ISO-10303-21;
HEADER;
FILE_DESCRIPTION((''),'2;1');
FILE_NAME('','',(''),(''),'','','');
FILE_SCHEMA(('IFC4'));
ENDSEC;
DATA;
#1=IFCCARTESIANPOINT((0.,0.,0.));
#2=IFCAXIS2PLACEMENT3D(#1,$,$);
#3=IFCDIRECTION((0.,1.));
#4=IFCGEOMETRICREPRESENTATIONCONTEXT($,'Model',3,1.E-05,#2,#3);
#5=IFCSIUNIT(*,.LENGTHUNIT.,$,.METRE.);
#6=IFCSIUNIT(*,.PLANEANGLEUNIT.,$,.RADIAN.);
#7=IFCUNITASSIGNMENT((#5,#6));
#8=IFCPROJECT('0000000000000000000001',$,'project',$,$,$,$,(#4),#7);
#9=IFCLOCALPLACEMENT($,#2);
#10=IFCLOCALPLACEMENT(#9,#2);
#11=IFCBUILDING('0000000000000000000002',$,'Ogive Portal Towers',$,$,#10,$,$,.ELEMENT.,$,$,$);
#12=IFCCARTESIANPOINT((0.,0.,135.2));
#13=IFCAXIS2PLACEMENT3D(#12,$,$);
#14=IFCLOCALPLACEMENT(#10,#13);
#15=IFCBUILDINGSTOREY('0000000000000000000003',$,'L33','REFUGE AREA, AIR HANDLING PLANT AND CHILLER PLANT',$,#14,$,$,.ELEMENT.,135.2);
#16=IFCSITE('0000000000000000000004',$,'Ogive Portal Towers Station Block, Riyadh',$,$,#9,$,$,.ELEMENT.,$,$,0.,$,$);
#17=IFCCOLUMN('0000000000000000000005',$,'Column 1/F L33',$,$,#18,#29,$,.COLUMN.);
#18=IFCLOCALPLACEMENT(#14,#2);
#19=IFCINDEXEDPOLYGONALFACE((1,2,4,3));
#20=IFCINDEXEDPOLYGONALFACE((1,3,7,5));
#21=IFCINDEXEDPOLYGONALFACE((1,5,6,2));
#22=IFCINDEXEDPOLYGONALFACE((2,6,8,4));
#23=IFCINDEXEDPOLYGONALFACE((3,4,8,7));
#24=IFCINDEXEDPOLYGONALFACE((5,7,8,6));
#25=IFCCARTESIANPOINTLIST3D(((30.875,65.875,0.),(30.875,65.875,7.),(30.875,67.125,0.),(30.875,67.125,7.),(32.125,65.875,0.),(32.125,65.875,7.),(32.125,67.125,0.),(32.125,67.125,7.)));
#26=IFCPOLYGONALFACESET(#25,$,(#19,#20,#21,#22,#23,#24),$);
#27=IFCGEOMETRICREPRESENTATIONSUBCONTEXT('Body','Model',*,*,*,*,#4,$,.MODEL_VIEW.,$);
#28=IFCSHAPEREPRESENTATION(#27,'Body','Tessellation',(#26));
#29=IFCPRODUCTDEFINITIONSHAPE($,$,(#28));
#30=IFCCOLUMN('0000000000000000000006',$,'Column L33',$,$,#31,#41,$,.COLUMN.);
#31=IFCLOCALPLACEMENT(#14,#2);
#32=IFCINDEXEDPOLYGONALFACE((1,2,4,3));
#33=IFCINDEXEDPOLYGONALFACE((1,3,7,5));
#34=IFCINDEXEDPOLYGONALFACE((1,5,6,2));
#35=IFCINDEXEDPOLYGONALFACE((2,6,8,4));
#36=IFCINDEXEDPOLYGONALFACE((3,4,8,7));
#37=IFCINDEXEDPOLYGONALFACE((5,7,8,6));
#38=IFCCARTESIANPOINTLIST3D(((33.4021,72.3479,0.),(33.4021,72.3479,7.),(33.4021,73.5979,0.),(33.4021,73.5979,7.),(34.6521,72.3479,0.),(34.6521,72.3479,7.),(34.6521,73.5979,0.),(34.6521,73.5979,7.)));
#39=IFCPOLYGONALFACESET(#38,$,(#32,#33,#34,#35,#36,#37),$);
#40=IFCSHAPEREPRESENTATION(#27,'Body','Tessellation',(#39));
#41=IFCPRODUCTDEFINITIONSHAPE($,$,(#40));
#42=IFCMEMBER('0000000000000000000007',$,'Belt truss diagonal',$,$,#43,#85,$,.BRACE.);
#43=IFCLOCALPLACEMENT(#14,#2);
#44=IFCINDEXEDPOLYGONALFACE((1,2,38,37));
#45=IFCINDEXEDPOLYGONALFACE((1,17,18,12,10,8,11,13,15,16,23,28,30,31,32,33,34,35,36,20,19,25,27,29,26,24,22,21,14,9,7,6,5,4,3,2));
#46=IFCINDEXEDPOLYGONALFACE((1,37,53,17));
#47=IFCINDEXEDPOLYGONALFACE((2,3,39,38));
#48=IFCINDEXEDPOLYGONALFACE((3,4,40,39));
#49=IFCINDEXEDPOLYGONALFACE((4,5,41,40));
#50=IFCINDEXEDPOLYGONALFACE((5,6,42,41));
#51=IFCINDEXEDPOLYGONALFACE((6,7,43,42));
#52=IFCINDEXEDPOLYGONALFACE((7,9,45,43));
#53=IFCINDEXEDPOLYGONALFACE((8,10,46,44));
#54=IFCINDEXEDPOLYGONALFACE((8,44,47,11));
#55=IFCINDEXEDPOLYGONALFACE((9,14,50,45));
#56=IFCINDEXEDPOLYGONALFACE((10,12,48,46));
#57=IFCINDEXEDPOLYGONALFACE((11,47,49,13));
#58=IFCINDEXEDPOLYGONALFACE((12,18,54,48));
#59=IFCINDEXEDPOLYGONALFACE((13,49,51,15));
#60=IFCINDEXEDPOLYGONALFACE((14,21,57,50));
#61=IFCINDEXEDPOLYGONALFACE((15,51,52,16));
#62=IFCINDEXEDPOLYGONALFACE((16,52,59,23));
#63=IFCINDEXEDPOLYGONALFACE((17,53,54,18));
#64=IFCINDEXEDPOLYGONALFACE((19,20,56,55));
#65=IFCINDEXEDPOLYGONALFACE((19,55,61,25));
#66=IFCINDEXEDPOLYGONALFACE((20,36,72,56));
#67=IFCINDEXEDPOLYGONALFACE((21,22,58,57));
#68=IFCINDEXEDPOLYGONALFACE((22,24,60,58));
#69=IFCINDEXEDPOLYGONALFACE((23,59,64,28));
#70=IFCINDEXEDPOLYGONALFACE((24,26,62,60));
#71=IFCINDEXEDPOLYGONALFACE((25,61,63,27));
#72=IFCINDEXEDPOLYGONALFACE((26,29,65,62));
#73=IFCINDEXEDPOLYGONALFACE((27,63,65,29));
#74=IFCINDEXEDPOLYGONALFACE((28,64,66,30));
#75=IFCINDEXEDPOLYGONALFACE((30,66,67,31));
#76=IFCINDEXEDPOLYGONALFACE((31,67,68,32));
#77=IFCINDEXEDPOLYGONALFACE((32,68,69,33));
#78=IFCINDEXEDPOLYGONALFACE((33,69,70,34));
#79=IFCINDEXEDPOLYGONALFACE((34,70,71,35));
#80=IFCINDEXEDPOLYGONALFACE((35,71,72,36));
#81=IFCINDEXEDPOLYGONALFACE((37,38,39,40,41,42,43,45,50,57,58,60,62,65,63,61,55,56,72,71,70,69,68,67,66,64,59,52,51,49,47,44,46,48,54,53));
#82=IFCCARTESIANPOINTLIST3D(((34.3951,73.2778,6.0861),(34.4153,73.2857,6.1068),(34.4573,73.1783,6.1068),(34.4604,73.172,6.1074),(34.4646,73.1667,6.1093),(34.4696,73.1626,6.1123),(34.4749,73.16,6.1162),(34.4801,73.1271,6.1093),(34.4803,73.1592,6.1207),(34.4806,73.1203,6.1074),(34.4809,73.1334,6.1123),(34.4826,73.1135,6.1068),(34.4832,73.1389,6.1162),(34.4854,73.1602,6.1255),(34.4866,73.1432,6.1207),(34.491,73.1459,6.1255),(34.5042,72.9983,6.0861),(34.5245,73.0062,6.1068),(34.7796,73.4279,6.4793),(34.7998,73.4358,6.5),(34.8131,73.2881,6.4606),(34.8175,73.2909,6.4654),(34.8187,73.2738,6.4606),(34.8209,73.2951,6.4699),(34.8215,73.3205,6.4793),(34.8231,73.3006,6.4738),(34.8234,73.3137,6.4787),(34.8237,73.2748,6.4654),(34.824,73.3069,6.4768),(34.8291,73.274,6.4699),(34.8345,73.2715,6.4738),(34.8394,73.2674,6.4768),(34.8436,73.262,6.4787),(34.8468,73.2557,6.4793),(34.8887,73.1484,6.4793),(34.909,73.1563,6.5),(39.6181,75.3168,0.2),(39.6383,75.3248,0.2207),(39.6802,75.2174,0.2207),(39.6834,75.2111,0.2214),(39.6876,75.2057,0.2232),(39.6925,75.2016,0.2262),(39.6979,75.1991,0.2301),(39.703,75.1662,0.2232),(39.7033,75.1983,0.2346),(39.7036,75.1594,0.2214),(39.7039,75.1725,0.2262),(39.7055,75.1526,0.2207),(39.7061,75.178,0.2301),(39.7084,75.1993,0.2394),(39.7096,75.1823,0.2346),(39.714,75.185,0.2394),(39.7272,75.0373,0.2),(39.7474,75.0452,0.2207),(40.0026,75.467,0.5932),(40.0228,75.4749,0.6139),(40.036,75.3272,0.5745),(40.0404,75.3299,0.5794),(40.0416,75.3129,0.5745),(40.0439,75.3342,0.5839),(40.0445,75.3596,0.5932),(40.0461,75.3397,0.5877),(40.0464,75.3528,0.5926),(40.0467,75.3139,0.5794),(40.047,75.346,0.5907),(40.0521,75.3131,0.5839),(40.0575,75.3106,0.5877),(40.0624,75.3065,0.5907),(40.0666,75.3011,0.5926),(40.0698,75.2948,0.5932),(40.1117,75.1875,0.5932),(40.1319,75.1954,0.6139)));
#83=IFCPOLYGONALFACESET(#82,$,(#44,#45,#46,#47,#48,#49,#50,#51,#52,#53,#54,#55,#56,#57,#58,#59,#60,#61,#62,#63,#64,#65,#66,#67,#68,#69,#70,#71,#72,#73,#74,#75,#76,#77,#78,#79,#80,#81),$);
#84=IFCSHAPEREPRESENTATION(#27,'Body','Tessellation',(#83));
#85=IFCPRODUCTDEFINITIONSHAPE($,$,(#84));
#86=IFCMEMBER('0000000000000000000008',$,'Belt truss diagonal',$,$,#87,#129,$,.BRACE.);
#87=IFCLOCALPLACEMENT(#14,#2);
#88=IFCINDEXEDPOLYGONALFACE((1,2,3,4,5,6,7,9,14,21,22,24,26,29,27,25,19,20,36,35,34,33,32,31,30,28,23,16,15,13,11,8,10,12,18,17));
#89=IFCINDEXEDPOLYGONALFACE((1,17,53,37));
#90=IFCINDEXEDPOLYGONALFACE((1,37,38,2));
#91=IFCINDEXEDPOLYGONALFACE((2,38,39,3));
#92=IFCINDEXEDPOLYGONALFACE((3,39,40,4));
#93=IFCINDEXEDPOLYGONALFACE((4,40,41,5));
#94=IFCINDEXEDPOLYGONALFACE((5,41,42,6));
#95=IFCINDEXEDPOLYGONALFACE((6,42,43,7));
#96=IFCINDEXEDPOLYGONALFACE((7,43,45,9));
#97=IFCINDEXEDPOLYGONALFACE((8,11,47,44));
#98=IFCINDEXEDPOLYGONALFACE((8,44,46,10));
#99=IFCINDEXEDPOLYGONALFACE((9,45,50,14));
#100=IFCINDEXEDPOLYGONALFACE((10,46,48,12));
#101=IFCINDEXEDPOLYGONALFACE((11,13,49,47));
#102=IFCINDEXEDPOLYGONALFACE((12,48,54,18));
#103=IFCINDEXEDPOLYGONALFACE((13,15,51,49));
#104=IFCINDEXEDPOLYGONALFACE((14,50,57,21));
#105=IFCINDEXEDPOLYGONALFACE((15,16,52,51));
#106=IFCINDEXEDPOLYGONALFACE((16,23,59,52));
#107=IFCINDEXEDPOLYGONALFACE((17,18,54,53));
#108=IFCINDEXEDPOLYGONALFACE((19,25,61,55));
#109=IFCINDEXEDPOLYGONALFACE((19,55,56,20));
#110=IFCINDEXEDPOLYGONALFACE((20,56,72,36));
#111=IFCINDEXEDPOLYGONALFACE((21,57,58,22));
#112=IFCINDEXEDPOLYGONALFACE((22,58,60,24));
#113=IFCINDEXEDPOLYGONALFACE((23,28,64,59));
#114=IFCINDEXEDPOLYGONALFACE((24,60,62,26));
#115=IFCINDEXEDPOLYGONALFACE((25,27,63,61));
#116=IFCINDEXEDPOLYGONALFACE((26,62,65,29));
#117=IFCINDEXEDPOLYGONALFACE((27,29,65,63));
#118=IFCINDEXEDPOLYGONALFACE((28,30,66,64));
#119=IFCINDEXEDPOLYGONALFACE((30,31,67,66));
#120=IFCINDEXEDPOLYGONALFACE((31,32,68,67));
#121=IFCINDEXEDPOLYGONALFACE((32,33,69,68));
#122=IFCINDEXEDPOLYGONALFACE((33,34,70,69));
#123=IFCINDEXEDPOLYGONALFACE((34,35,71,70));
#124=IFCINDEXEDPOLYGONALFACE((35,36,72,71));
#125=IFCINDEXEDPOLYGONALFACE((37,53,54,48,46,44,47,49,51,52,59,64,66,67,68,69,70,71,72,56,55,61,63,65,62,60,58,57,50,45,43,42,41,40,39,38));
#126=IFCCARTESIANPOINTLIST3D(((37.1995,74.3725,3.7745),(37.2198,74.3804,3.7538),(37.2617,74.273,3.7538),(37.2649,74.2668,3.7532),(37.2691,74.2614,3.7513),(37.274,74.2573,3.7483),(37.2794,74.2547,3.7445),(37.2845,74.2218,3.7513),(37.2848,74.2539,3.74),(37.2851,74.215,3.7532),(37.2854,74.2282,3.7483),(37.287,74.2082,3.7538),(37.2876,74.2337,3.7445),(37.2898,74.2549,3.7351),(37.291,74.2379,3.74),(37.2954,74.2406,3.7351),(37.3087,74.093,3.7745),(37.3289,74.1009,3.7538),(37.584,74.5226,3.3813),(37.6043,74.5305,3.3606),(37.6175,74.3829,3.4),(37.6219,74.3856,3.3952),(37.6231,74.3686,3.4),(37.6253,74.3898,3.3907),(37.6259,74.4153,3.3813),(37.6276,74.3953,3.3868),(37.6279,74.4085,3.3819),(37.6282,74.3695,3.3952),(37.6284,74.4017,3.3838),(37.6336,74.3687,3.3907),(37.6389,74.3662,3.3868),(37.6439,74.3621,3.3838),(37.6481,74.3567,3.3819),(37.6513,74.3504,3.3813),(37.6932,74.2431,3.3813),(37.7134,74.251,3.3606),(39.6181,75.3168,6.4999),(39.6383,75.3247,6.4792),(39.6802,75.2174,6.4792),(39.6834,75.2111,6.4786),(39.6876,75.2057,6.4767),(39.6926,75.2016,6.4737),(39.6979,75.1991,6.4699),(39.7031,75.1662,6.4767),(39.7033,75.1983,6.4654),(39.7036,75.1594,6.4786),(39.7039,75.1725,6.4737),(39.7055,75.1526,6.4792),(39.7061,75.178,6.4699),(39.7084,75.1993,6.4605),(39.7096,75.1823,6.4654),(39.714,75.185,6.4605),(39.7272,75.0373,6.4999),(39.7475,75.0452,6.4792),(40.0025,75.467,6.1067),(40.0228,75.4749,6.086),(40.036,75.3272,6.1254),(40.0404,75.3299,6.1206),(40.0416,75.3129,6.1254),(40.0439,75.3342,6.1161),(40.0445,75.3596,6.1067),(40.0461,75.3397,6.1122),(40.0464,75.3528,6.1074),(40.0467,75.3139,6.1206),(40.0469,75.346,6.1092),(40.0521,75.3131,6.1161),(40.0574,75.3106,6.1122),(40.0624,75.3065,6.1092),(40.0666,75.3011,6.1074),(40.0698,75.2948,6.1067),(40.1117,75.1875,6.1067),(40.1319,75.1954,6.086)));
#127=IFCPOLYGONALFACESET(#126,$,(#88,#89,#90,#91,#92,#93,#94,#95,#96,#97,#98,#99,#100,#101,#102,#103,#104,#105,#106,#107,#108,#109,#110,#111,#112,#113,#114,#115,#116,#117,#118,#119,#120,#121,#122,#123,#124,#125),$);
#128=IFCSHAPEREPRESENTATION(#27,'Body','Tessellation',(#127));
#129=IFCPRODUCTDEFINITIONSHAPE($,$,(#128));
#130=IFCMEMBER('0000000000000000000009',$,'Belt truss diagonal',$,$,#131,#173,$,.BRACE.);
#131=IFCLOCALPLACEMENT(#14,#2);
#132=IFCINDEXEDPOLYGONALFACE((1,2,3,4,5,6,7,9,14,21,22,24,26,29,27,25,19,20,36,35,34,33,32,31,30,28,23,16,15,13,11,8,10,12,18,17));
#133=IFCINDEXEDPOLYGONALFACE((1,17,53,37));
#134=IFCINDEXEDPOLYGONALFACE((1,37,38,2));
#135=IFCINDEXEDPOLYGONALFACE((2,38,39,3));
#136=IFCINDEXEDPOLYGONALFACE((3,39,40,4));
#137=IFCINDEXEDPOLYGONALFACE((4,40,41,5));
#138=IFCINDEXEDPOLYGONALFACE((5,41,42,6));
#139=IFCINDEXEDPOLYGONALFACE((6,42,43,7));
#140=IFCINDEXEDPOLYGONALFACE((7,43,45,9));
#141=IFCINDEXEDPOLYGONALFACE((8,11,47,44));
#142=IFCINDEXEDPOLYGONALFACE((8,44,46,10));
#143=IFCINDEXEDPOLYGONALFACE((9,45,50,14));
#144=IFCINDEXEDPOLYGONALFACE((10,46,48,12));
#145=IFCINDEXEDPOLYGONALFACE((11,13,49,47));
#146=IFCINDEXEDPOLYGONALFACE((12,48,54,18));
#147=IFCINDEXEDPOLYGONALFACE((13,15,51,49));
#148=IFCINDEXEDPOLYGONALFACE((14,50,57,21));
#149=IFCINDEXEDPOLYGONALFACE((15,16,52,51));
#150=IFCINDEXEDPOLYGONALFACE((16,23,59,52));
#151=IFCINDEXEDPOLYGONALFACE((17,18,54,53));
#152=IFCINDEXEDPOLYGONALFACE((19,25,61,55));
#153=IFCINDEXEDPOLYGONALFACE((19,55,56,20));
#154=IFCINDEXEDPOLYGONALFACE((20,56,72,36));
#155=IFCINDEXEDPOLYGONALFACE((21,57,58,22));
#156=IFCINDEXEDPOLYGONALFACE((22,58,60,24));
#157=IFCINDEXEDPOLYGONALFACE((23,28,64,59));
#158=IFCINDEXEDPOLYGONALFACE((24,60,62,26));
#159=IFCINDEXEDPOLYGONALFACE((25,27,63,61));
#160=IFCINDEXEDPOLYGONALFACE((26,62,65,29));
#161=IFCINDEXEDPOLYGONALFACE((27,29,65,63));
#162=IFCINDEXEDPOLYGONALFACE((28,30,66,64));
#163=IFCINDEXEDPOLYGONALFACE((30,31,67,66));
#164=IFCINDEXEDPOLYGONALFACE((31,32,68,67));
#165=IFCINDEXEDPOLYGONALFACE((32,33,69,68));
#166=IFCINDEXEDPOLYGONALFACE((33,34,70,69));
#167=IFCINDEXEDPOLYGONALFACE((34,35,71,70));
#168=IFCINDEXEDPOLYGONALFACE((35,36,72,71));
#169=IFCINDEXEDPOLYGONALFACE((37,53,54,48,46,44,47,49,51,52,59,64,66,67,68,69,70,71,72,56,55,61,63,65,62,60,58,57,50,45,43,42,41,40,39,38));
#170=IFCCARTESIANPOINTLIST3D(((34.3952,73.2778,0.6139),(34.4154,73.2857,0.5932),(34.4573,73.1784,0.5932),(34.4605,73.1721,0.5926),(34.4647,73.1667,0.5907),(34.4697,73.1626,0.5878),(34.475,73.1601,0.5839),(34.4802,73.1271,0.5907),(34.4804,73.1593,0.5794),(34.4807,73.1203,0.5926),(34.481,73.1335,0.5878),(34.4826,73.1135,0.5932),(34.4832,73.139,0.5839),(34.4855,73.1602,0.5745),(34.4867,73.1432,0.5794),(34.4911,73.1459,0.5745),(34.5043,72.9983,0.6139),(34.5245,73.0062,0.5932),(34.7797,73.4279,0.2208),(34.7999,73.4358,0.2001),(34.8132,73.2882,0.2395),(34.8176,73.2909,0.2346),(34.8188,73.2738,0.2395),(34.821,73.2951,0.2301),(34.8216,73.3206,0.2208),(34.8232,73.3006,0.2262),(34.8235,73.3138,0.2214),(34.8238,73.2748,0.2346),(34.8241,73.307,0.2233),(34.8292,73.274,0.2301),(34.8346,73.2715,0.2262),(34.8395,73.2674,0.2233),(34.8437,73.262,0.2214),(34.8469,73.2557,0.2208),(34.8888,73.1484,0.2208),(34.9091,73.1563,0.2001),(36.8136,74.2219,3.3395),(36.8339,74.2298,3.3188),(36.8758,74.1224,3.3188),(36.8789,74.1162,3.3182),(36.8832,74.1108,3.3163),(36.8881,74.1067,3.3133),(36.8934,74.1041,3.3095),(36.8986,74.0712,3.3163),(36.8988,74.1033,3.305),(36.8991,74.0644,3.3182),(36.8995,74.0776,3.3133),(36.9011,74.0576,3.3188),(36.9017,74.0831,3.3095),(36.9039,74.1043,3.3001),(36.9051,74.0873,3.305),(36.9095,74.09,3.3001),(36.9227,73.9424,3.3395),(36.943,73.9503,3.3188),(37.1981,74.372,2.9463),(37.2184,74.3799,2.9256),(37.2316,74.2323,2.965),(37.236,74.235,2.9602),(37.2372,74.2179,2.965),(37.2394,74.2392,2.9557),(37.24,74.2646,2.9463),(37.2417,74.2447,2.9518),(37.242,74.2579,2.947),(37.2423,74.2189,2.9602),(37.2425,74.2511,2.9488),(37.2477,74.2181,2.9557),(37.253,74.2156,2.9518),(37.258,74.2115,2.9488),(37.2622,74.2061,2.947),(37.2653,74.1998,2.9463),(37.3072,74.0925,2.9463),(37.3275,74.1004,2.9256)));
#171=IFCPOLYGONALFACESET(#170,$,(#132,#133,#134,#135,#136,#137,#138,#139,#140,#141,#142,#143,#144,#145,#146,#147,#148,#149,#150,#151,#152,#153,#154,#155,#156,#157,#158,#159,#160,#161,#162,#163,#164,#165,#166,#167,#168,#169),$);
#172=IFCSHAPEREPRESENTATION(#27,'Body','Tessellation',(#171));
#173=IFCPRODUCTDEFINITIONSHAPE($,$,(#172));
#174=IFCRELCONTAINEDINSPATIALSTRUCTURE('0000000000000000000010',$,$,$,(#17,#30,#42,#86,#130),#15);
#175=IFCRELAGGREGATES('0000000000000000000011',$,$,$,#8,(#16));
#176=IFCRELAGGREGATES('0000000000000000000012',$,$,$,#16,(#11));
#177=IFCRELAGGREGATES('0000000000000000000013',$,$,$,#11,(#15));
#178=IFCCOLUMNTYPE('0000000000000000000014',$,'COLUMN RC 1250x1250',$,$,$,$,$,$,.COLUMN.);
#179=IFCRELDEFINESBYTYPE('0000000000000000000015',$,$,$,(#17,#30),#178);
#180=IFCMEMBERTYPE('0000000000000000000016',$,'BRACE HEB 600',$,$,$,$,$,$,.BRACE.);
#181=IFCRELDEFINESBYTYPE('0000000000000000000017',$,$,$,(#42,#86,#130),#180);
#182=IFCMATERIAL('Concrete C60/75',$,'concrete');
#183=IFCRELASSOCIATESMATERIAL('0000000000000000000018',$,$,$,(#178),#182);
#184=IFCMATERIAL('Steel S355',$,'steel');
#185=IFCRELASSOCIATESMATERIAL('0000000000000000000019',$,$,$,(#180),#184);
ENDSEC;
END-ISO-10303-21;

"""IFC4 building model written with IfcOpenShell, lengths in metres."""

from ifc_helpers import new_model, si_unit, direction, frame, origin, origin_2d, place, context, subcontext, project, spatial, rectangle, i_section, extrude, material, material_profile, profile_set, type_object, element, save


model = new_model("IFC4")

# Units and contexts
model_context = context("Model", 3, precision=1e-05, world=origin(), true_north=direction((0.0, 1.0)))
body_context = subcontext(model_context, "Body", "Model", "MODEL_VIEW")
ifc_project = project(units=[si_unit("LENGTHUNIT", "METRE"), si_unit("PLANEANGLEUNIT", "RADIAN")], contexts=[model_context])

# Site, building, storey
site_placement = place(None, origin())
site = spatial("IfcSite", under=ifc_project, at=site_placement, Name="Ogive Portal Towers Station Block, Riyadh", CompositionType="ELEMENT", RefElevation=0.0)
building_placement = place(site_placement, origin())
building = spatial("IfcBuilding", under=site, at=building_placement, Name="Ogive Portal Towers", CompositionType="ELEMENT")
storey_placement = place(building_placement, frame((0.0, 0.0, 135.2)))
storey = spatial("IfcBuildingStorey", under=building, at=storey_placement, Name="L33", Description="REFUGE AREA, AIR HANDLING PLANT AND CHILLER PLANT", CompositionType="ELEMENT", Elevation=135.2)

# Columns
ifc_material_1 = material(Name="Concrete C60/75", Category="concrete")
ifc_material_profile_1 = material_profile(ifc_material_1, rectangle(XDim=1.25, YDim=1.25, at=origin_2d()), Name="RC 1250x1250")
ifc_profile_set_1 = profile_set([ifc_material_profile_1], Name="Concrete C60/75")
column_type = type_object("IfcColumnType", Name="COLUMN RC 1250x1250", PredefinedType="COLUMN", material=ifc_profile_set_1)
for number, where, z_axis, x_axis, name in (
    (1, (31.5, 66.5, 0.0), (0.0, 0.0, 1.0), (1.0, 0.0, 0.0), "Column 1/F L33"),
    (2, (34.0271, 72.9729, 0.0), (0.0, 0.0, 1.0), (1.0, 0.0, 0.0), "Column L33"),
):
    element("IfcColumn", number, at=place(storey_placement, frame(where, z_axis=z_axis, x_axis=x_axis)), inside=storey, type_object=column_type, Name=name, PredefinedType="COLUMN", context=body_context, shape_type="SweptSolid", body=[
        extrude(rectangle(XDim=1.25, YDim=1.25, at=origin_2d()), origin(), (0.0, 0.0, 1.0), 7.0),
    ])

# Members
ifc_material_2 = material(Name="Steel S355", Category="steel")
ifc_material_profile_2 = material_profile(ifc_material_2, i_section(OverallWidth=0.3, OverallDepth=0.6001, WebThickness=0.0154, FlangeThickness=0.03, FilletRadius=0.0271, at=origin_2d()), Name="HEB 600")
ifc_profile_set_2 = profile_set([ifc_material_profile_2], Name="Steel S355")
member_type_1 = type_object("IfcMemberType", Name="BRACE HEB 600", PredefinedType="BRACE", material=ifc_profile_set_2)
member_1_placement = place(storey_placement, frame((39.875, 75.2561, 0.407), z_axis=(-0.642499, -0.250837, 0.724069), x_axis=(0.363675, -0.931526, 0.0)))
element("IfcMember", 3, at=member_1_placement, inside=storey, type_object=member_type_1, Name="Belt truss diagonal", PredefinedType="BRACE", context=body_context, shape_type="SweptSolid", body=[
    extrude(i_section(OverallWidth=0.3, OverallDepth=0.6001, WebThickness=0.0154, FlangeThickness=0.03, FilletRadius=0.0271, at=origin_2d()), origin(), (0.0, 0.0, 1.0), 8.1292),
])
for number, where, z_axis, x_axis, name in (
    (4, (39.875, 75.2561, 6.293), (-0.642512, -0.250882, -0.724042), (0.363726, -0.931506, 0.0), "Belt truss diagonal"),
    (5, (37.0706, 74.1611, 3.1326), (-0.642492, -0.250809, -0.724085), (0.363644, -0.931538, 0.0), "Belt truss diagonal"),
):
    element("IfcMember", number, at=place(storey_placement, frame(where, z_axis=z_axis, x_axis=x_axis)), inside=storey, type_object=member_type_1, Name=name, PredefinedType="BRACE", context=body_context, shape_type="SweptSolid", body=[
        extrude(i_section(OverallWidth=0.3, OverallDepth=0.6001, WebThickness=0.0154, FlangeThickness=0.03, FilletRadius=0.0271, at=origin_2d()), origin(), (0.0, 0.0, 1.0), 3.7642),
    ])

save(model, "model.ifc")
